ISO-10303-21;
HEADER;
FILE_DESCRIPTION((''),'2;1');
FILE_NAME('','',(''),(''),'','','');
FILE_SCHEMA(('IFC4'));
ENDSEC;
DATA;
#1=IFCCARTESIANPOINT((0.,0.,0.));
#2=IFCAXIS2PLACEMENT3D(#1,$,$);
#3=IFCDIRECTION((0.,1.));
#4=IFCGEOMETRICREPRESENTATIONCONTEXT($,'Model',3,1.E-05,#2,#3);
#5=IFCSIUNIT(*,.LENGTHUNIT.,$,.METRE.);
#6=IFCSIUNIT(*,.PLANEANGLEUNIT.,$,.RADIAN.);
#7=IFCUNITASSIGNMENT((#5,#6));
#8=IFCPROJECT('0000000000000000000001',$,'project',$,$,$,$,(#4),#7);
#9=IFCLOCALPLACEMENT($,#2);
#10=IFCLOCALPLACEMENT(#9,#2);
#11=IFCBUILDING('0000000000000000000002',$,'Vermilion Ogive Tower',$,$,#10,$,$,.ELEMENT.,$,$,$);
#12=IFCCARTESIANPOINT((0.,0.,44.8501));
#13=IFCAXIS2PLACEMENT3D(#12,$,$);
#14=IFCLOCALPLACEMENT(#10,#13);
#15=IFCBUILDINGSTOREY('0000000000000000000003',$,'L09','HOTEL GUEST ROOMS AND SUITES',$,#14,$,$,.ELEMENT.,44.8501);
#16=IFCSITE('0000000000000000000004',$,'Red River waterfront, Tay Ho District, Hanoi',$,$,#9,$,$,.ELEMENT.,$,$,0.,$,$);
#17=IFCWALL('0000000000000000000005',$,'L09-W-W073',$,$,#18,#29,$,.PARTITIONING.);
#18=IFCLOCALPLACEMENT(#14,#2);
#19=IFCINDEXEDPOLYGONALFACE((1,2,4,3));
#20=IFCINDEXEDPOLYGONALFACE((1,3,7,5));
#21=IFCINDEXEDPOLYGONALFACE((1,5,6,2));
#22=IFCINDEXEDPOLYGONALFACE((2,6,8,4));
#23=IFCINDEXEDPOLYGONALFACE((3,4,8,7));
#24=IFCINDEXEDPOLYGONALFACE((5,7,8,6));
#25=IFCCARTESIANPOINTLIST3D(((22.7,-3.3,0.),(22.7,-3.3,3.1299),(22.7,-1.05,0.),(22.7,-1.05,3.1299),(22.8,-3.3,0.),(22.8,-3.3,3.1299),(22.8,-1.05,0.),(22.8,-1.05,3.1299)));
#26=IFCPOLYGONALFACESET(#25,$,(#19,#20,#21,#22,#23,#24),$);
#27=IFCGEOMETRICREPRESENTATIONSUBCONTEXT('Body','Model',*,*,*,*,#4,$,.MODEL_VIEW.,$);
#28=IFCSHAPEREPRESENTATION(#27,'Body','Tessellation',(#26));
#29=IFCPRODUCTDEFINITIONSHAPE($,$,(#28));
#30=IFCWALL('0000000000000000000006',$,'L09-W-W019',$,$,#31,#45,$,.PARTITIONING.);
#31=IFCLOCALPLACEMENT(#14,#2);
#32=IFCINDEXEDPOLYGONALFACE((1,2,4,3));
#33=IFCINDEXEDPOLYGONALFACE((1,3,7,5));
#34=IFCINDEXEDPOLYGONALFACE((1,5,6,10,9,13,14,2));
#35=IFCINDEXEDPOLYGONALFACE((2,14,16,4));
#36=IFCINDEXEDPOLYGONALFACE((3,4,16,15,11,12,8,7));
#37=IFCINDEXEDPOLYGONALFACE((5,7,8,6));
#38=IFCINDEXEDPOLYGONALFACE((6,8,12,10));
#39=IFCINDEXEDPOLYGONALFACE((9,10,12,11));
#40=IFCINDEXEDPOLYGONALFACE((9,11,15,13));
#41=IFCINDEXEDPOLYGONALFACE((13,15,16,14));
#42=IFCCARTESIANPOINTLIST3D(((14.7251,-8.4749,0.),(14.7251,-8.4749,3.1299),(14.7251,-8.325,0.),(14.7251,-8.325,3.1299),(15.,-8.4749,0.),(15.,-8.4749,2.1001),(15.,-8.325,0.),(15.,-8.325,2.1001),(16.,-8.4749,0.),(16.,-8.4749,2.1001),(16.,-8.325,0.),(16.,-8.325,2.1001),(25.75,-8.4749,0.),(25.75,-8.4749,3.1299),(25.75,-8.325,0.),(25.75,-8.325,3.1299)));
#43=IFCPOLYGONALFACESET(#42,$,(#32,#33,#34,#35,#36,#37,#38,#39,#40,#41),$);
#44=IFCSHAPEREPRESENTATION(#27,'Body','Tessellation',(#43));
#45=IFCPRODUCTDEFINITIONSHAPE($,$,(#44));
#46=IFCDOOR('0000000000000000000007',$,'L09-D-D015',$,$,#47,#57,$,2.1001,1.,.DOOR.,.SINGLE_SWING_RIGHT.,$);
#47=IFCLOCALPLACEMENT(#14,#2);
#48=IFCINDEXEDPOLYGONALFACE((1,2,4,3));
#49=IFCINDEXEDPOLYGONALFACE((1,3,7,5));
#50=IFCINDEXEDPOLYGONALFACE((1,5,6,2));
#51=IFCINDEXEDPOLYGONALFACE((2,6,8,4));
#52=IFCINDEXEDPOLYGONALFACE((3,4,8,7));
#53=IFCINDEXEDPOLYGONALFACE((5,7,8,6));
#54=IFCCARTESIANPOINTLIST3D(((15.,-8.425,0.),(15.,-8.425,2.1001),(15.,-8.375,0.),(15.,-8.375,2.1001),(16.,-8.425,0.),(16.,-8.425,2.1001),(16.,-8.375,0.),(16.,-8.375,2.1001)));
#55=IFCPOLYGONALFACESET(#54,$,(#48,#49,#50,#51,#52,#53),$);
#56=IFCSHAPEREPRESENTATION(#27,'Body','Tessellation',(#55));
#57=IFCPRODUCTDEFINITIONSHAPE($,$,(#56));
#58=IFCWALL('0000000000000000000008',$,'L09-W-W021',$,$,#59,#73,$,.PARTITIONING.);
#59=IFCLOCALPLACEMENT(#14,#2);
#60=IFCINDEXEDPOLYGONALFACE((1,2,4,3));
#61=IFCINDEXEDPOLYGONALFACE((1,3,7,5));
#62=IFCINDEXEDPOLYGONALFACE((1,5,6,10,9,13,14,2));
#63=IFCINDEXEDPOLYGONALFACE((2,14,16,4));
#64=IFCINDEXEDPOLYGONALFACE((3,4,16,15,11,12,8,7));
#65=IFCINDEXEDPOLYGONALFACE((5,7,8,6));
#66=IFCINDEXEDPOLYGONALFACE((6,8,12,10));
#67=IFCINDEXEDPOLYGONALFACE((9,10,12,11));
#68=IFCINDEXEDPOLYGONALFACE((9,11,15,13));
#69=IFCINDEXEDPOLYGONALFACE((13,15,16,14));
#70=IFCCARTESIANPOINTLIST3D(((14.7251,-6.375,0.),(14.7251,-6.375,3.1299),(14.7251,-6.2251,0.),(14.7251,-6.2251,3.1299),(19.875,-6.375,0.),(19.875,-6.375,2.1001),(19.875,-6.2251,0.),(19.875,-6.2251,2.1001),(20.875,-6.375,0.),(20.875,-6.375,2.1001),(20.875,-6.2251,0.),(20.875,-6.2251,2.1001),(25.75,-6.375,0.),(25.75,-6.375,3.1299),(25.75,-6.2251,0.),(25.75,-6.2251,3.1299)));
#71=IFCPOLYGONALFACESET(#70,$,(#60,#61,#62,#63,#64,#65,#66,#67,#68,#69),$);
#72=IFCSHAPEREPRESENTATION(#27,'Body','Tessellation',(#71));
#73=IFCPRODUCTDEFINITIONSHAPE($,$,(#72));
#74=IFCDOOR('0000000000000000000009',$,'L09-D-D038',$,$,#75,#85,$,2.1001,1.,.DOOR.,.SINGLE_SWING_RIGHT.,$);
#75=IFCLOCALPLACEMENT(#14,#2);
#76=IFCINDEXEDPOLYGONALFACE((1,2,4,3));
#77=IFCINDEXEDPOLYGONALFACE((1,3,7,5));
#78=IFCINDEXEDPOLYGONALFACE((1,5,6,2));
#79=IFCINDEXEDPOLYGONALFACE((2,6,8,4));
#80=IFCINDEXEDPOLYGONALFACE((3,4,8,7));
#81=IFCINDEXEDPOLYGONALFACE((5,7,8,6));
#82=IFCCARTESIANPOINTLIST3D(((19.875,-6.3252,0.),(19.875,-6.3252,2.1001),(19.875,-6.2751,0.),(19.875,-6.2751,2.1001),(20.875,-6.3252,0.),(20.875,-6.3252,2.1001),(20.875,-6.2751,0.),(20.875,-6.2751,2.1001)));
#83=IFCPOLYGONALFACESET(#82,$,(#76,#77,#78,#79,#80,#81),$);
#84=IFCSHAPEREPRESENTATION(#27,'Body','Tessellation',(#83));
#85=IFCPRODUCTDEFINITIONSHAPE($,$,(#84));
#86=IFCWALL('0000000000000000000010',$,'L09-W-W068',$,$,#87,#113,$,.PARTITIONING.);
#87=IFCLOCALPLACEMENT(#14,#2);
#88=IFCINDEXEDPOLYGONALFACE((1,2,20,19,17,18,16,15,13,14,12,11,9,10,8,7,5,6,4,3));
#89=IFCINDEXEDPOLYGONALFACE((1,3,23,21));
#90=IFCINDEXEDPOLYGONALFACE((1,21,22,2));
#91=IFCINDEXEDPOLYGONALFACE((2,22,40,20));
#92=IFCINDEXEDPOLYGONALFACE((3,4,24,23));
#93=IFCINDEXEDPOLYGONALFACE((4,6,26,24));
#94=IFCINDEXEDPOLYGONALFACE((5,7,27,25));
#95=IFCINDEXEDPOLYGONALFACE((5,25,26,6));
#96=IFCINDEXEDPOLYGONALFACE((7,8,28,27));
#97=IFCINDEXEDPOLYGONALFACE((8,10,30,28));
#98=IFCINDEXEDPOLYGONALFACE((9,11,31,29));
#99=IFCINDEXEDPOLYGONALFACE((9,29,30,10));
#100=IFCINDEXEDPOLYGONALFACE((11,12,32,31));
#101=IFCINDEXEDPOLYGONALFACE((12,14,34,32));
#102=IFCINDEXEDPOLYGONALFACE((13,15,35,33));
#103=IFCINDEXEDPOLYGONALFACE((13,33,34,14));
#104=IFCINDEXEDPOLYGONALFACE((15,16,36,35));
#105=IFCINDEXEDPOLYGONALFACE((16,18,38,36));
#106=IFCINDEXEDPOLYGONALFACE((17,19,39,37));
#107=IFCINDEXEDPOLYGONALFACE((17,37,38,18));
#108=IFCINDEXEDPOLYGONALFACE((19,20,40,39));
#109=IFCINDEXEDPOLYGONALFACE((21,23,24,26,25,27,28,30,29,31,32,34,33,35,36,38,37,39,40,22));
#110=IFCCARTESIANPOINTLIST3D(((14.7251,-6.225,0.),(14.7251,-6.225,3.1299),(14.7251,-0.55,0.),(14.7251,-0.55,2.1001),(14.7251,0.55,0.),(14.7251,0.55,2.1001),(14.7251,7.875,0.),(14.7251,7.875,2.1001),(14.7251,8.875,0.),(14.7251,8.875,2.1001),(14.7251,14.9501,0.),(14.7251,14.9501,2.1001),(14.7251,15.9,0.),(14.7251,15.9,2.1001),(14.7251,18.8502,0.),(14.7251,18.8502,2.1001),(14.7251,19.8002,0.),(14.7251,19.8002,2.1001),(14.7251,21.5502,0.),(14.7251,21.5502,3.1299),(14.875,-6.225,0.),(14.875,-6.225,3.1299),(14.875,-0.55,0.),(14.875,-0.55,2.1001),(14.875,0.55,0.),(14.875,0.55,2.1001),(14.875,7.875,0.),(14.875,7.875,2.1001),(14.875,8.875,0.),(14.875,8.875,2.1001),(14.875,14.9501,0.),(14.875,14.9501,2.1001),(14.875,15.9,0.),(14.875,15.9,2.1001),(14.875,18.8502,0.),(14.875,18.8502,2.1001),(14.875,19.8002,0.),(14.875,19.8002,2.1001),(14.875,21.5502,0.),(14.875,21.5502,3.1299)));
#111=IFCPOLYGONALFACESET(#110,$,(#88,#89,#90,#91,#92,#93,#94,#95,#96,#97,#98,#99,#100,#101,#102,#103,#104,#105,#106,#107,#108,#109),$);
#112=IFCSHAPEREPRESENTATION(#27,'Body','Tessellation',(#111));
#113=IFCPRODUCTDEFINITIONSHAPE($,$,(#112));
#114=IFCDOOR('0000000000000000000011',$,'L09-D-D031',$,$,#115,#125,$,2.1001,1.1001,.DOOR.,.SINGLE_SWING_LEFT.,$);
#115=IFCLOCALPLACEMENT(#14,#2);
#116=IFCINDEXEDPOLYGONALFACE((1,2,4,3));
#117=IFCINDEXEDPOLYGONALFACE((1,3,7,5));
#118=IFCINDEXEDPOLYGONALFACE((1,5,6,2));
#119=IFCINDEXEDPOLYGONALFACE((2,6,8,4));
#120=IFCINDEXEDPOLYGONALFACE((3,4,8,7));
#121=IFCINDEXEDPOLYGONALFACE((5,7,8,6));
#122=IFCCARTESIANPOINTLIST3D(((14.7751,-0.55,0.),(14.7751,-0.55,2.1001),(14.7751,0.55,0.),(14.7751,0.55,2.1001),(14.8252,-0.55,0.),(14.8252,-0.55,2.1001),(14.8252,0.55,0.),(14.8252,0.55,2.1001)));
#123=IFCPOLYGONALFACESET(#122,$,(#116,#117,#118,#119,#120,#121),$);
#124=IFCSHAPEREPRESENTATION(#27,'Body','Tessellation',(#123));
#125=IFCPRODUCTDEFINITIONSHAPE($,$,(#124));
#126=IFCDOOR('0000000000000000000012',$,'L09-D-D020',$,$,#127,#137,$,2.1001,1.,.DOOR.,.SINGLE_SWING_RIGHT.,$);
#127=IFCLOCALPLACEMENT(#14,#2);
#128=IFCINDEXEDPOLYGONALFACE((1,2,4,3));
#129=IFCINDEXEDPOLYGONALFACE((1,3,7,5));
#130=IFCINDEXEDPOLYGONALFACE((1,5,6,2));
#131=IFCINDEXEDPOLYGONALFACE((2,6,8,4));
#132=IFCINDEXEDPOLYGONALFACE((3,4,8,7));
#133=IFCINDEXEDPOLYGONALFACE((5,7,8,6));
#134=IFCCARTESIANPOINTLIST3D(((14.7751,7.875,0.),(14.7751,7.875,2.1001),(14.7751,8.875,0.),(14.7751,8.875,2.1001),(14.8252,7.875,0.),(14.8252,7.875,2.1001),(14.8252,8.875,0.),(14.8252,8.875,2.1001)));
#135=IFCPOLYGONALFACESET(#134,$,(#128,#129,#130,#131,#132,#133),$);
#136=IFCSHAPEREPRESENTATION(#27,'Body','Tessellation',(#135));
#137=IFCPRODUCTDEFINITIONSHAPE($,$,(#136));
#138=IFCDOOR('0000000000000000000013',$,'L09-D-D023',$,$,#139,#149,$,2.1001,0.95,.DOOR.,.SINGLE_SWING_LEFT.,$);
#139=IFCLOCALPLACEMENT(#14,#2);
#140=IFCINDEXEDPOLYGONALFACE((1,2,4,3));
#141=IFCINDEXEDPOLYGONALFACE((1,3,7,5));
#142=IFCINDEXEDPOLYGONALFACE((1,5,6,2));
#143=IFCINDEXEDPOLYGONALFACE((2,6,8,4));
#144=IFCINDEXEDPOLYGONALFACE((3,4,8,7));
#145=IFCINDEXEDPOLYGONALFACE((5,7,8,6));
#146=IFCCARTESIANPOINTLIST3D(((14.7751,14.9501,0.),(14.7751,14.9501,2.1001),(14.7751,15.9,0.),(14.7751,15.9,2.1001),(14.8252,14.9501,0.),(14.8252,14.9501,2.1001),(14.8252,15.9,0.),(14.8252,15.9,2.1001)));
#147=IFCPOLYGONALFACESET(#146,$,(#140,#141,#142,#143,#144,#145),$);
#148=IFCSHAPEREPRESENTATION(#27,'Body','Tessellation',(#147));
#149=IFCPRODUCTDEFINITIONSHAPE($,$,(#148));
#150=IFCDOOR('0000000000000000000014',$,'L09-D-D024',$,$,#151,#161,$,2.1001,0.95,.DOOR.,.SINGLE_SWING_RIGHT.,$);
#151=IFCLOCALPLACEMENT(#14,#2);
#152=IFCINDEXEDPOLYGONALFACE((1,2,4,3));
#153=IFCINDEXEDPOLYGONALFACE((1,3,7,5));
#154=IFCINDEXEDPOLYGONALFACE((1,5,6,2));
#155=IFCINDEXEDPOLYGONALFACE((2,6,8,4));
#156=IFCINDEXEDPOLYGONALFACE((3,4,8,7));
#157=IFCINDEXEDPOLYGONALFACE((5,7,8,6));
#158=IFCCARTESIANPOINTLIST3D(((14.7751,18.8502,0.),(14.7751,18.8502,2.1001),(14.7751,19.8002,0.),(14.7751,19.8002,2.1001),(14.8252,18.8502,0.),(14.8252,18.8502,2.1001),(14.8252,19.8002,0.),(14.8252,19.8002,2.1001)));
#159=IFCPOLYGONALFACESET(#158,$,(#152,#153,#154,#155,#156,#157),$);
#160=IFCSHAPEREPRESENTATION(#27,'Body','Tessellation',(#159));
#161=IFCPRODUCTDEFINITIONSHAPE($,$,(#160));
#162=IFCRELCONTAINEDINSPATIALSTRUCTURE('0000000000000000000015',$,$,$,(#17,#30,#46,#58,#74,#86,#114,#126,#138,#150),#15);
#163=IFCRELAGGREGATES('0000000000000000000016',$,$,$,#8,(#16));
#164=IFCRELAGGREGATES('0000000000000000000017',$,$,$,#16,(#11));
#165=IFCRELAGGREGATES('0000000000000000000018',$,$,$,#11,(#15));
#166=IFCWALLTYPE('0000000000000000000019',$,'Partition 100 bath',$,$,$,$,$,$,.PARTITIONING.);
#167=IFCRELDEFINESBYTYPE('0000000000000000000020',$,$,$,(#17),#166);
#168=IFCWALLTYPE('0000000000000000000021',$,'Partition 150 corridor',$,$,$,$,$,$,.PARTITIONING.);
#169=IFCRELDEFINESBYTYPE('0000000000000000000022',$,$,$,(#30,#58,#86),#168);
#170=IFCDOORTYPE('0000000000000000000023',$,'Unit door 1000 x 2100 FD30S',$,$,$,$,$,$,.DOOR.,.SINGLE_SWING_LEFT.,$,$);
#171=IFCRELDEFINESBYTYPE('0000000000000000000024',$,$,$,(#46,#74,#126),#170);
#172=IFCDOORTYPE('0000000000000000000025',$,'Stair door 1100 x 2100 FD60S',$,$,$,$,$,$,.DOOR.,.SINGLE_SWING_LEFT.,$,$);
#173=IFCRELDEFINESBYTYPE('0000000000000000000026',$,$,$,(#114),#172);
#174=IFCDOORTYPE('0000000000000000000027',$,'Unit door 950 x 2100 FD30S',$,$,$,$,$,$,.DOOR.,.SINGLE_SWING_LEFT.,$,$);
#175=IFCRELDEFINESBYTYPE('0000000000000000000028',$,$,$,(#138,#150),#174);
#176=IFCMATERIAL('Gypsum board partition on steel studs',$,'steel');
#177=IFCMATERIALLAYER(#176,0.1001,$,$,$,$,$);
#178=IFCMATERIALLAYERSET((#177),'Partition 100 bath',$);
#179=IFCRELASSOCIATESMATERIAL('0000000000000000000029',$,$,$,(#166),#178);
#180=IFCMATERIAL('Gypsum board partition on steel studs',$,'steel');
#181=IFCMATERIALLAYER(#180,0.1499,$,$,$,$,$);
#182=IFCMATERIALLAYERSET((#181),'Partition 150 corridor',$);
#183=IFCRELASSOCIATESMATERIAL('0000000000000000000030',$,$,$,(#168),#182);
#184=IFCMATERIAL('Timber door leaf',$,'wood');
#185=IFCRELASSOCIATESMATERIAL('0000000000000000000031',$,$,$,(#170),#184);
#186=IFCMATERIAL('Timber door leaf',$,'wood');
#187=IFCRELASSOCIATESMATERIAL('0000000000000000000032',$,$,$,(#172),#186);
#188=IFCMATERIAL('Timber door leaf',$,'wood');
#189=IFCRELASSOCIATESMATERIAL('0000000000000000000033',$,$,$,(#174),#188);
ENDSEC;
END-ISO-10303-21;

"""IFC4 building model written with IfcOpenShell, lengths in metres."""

from ifc_helpers import new_model, si_unit, direction, frame, frame_2d, origin, place, context, subcontext, project, spatial, rectangle, extrude, material, layer, layer_set, type_object, element, fill, save


model = new_model("IFC4")

# Units and contexts
model_context = context("Model", 3, precision=1e-05, world=origin(), true_north=direction((0.0, 1.0)))
body_context = subcontext(model_context, "Body", "Model", "MODEL_VIEW")
ifc_project = project(units=[si_unit("LENGTHUNIT", "METRE"), si_unit("PLANEANGLEUNIT", "RADIAN")], contexts=[model_context])

# Site, building, storey
site_placement = place(None, origin())
site = spatial("IfcSite", under=ifc_project, at=site_placement, Name="Red River waterfront, Tay Ho District, Hanoi", CompositionType="ELEMENT", RefElevation=0.0)
building_placement = place(site_placement, origin())
building = spatial("IfcBuilding", under=site, at=building_placement, Name="Vermilion Ogive Tower", CompositionType="ELEMENT")
storey_placement = place(building_placement, frame((0.0, 0.0, 44.8501)))
storey = spatial("IfcBuildingStorey", under=building, at=storey_placement, Name="L09", Description="HOTEL GUEST ROOMS AND SUITES", CompositionType="ELEMENT", Elevation=44.8501)

# Wall
ifc_material_1 = material(Name="Gypsum board partition on steel studs", Category="steel")
ifc_layer_1 = layer(ifc_material_1, 0.1001)
ifc_layer_set_1 = layer_set([ifc_layer_1], Name="Partition 100 bath")
wall_type_1 = type_object("IfcWallType", Name="Partition 100 bath", PredefinedType="PARTITIONING", material=ifc_layer_set_1)
wall_1_placement = place(storey_placement, frame((22.75, -3.3, 0.0), z_axis=(0.0, 0.0, 1.0), x_axis=(0.0, 1.0, 0.0)))
element("IfcWall", 1, at=wall_1_placement, inside=storey, type_object=wall_type_1, Name="L09-W-W073", PredefinedType="PARTITIONING", context=body_context, shape_type="SweptSolid", body=[
    extrude(rectangle(XDim=2.25, YDim=0.1001, at=frame_2d((1.125, 0.0))), origin(), (0.0, 0.0, 1.0), 3.1299),
])

# Walls, openings, doors
ifc_material_2 = material(Name="Gypsum board partition on steel studs", Category="steel")
ifc_layer_2 = layer(ifc_material_2, 0.1499)
ifc_layer_set_2 = layer_set([ifc_layer_2], Name="Partition 150 corridor")
wall_type_2 = type_object("IfcWallType", Name="Partition 150 corridor", PredefinedType="PARTITIONING", material=ifc_layer_set_2)
wall_2_placement = place(storey_placement, frame((14.7251, -8.3999, 0.0), z_axis=(0.0, 0.0, 1.0), x_axis=(1.0, 0.0, 0.0)))
wall_2 = element("IfcWall", 2, at=wall_2_placement, inside=storey, type_object=wall_type_2, Name="L09-W-W019", PredefinedType="PARTITIONING", context=body_context, shape_type="SweptSolid", body=[
    extrude(rectangle(XDim=11.0249, YDim=0.1499, at=frame_2d((5.5125, 0.0))), origin(), (0.0, 0.0, 1.0), 3.1299),
])
opening_1_placement = place(wall_2_placement, frame((0.2749, 0.0, 0.0)))
opening_1 = element("IfcOpeningElement", 3, at=opening_1_placement, cuts=wall_2, PredefinedType="OPENING", context=body_context, shape_type="SweptSolid", body=[
    extrude(rectangle(XDim=1.0, YDim=2.1001, at=frame_2d((0.5, 1.05))), frame((0.0, 0.085, 0.0), z_axis=(0.0, -1.0, 0.0), x_axis=(1.0, 0.0, 0.0)), (0.0, 0.0, 1.0), 0.1699),
])
ifc_material_3 = material(Name="Timber door leaf", Category="wood")
door_type_1 = type_object("IfcDoorType", Name="Unit door 1000 x 2100 FD30S", OperationType="SINGLE_SWING_LEFT", PredefinedType="DOOR", material=ifc_material_3)
door_1_placement = place(opening_1_placement, origin())
door_1 = element("IfcDoor", 4, at=door_1_placement, inside=storey, type_object=door_type_1, Name="L09-D-D015", OperationType="SINGLE_SWING_RIGHT", OverallHeight=2.1001, OverallWidth=1.0, PredefinedType="DOOR", context=body_context, shape_type="SweptSolid", body=[
    extrude(rectangle(XDim=1.0, YDim=2.1001, at=frame_2d((0.5, 1.05))), frame((0.0, 0.0249, 0.0), z_axis=(0.0, -1.0, 0.0), x_axis=(1.0, 0.0, 0.0)), (0.0, 0.0, 1.0), 0.05),
])
fill(opening_1, door_1)
wall_3_placement = place(storey_placement, frame((14.7251, -6.3, 0.0), z_axis=(0.0, 0.0, 1.0), x_axis=(1.0, 0.0, 0.0)))
wall_3 = element("IfcWall", 5, at=wall_3_placement, inside=storey, type_object=wall_type_2, Name="L09-W-W021", PredefinedType="PARTITIONING", context=body_context, shape_type="SweptSolid", body=[
    extrude(rectangle(XDim=11.0249, YDim=0.1499, at=frame_2d((5.5125, 0.0))), origin(), (0.0, 0.0, 1.0), 3.1299),
])
opening_2_placement = place(wall_3_placement, frame((5.1499, 0.0, 0.0)))
opening_2 = element("IfcOpeningElement", 6, at=opening_2_placement, cuts=wall_3, PredefinedType="OPENING", context=body_context, shape_type="SweptSolid", body=[
    extrude(rectangle(XDim=1.0, YDim=2.1001, at=frame_2d((0.5, 1.05))), frame((0.0, 0.085, 0.0), z_axis=(0.0, -1.0, 0.0), x_axis=(1.0, 0.0, 0.0)), (0.0, 0.0, 1.0), 0.1699),
])
door_2_placement = place(opening_2_placement, origin())
door_2 = element("IfcDoor", 7, at=door_2_placement, inside=storey, type_object=door_type_1, Name="L09-D-D038", OperationType="SINGLE_SWING_RIGHT", OverallHeight=2.1001, OverallWidth=1.0, PredefinedType="DOOR", context=body_context, shape_type="SweptSolid", body=[
    extrude(rectangle(XDim=1.0, YDim=2.1001, at=frame_2d((0.5, 1.05))), frame((0.0, 0.0249, 0.0), z_axis=(0.0, -1.0, 0.0), x_axis=(1.0, 0.0, 0.0)), (0.0, 0.0, 1.0), 0.05),
])
fill(opening_2, door_2)

# Wall, openings, doors
wall_4_placement = place(storey_placement, frame((14.8, -6.2251, 0.0), z_axis=(0.0, 0.0, 1.0), x_axis=(0.0, 1.0, 0.0)))
wall_4 = element("IfcWall", 8, at=wall_4_placement, inside=storey, type_object=wall_type_2, Name="L09-W-W068", PredefinedType="PARTITIONING", context=body_context, shape_type="SweptSolid", body=[
    extrude(rectangle(XDim=27.7751, YDim=0.1499, at=frame_2d((13.8877, 0.0))), origin(), (0.0, 0.0, 1.0), 3.1299),
])
opening_3_placement = place(wall_4_placement, frame((14.1001, 0.0, 0.0)))
opening_3 = element("IfcOpeningElement", 9, at=opening_3_placement, cuts=wall_4, PredefinedType="OPENING", context=body_context, shape_type="SweptSolid", body=[
    extrude(rectangle(XDim=1.0, YDim=2.1001, at=frame_2d((0.5, 1.05))), frame((0.0, 0.085, 0.0), z_axis=(0.0, -1.0, 0.0), x_axis=(1.0, 0.0, 0.0)), (0.0, 0.0, 1.0), 0.1699),
])
opening_4_placement = place(wall_4_placement, frame((21.175, 0.0, 0.0)))
opening_4 = element("IfcOpeningElement", 10, at=opening_4_placement, cuts=wall_4, PredefinedType="OPENING", context=body_context, shape_type="SweptSolid", body=[
    extrude(rectangle(XDim=0.95, YDim=2.1001, at=frame_2d((0.4751, 1.05))), frame((0.0, 0.085, 0.0), z_axis=(0.0, -1.0, 0.0), x_axis=(1.0, 0.0, 0.0)), (0.0, 0.0, 1.0), 0.1699),
])
opening_5_placement = place(wall_4_placement, frame((25.0752, 0.0, 0.0)))
opening_5 = element("IfcOpeningElement", 11, at=opening_5_placement, cuts=wall_4, PredefinedType="OPENING", context=body_context, shape_type="SweptSolid", body=[
    extrude(rectangle(XDim=0.95, YDim=2.1001, at=frame_2d((0.4751, 1.05))), frame((0.0, 0.085, 0.0), z_axis=(0.0, -1.0, 0.0), x_axis=(1.0, 0.0, 0.0)), (0.0, 0.0, 1.0), 0.1699),
])
opening_6_placement = place(wall_4_placement, frame((5.675, 0.0, 0.0)))
opening_6 = element("IfcOpeningElement", 12, at=opening_6_placement, cuts=wall_4, PredefinedType="OPENING", context=body_context, shape_type="SweptSolid", body=[
    extrude(rectangle(XDim=1.1001, YDim=2.1001, at=frame_2d((0.55, 1.05))), frame((0.0, 0.085, 0.0), z_axis=(0.0, -1.0, 0.0), x_axis=(1.0, 0.0, 0.0)), (0.0, 0.0, 1.0), 0.1699),
])
ifc_material_4 = material(Name="Timber door leaf", Category="wood")
door_type_2 = type_object("IfcDoorType", Name="Stair door 1100 x 2100 FD60S", OperationType="SINGLE_SWING_LEFT", PredefinedType="DOOR", material=ifc_material_4)
door_3_placement = place(opening_6_placement, origin())
door_3 = element("IfcDoor", 13, at=door_3_placement, inside=storey, type_object=door_type_2, Name="L09-D-D031", OperationType="SINGLE_SWING_LEFT", OverallHeight=2.1001, OverallWidth=1.1001, PredefinedType="DOOR", context=body_context, shape_type="SweptSolid", body=[
    extrude(rectangle(XDim=1.1001, YDim=2.1001, at=frame_2d((0.55, 1.05))), frame((0.0, 0.0249, 0.0), z_axis=(0.0, -1.0, 0.0), x_axis=(1.0, 0.0, 0.0)), (0.0, 0.0, 1.0), 0.05),
])
fill(opening_6, door_3)
door_4_placement = place(opening_3_placement, origin())
door_4 = element("IfcDoor", 14, at=door_4_placement, inside=storey, type_object=door_type_1, Name="L09-D-D020", OperationType="SINGLE_SWING_RIGHT", OverallHeight=2.1001, OverallWidth=1.0, PredefinedType="DOOR", context=body_context, shape_type="SweptSolid", body=[
    extrude(rectangle(XDim=1.0, YDim=2.1001, at=frame_2d((0.5, 1.05))), frame((0.0, 0.0249, 0.0), z_axis=(0.0, -1.0, 0.0), x_axis=(1.0, 0.0, 0.0)), (0.0, 0.0, 1.0), 0.05),
])
fill(opening_3, door_4)
ifc_material_5 = material(Name="Timber door leaf", Category="wood")
door_type_3 = type_object("IfcDoorType", Name="Unit door 950 x 2100 FD30S", OperationType="SINGLE_SWING_LEFT", PredefinedType="DOOR", material=ifc_material_5)
door_5_placement = place(opening_4_placement, origin())
door_5 = element("IfcDoor", 15, at=door_5_placement, inside=storey, type_object=door_type_3, Name="L09-D-D023", OperationType="SINGLE_SWING_LEFT", OverallHeight=2.1001, OverallWidth=0.95, PredefinedType="DOOR", context=body_context, shape_type="SweptSolid", body=[
    extrude(rectangle(XDim=0.95, YDim=2.1001, at=frame_2d((0.4751, 1.05))), frame((0.0, 0.0249, 0.0), z_axis=(0.0, -1.0, 0.0), x_axis=(1.0, 0.0, 0.0)), (0.0, 0.0, 1.0), 0.05),
])
fill(opening_4, door_5)
door_6_placement = place(opening_5_placement, origin())
door_6 = element("IfcDoor", 16, at=door_6_placement, inside=storey, type_object=door_type_3, Name="L09-D-D024", OperationType="SINGLE_SWING_RIGHT", OverallHeight=2.1001, OverallWidth=0.95, PredefinedType="DOOR", context=body_context, shape_type="SweptSolid", body=[
    extrude(rectangle(XDim=0.95, YDim=2.1001, at=frame_2d((0.4751, 1.05))), frame((0.0, 0.0249, 0.0), z_axis=(0.0, -1.0, 0.0), x_axis=(1.0, 0.0, 0.0)), (0.0, 0.0, 1.0), 0.05),
])
fill(opening_5, door_6)

save(model, "model.ifc")
